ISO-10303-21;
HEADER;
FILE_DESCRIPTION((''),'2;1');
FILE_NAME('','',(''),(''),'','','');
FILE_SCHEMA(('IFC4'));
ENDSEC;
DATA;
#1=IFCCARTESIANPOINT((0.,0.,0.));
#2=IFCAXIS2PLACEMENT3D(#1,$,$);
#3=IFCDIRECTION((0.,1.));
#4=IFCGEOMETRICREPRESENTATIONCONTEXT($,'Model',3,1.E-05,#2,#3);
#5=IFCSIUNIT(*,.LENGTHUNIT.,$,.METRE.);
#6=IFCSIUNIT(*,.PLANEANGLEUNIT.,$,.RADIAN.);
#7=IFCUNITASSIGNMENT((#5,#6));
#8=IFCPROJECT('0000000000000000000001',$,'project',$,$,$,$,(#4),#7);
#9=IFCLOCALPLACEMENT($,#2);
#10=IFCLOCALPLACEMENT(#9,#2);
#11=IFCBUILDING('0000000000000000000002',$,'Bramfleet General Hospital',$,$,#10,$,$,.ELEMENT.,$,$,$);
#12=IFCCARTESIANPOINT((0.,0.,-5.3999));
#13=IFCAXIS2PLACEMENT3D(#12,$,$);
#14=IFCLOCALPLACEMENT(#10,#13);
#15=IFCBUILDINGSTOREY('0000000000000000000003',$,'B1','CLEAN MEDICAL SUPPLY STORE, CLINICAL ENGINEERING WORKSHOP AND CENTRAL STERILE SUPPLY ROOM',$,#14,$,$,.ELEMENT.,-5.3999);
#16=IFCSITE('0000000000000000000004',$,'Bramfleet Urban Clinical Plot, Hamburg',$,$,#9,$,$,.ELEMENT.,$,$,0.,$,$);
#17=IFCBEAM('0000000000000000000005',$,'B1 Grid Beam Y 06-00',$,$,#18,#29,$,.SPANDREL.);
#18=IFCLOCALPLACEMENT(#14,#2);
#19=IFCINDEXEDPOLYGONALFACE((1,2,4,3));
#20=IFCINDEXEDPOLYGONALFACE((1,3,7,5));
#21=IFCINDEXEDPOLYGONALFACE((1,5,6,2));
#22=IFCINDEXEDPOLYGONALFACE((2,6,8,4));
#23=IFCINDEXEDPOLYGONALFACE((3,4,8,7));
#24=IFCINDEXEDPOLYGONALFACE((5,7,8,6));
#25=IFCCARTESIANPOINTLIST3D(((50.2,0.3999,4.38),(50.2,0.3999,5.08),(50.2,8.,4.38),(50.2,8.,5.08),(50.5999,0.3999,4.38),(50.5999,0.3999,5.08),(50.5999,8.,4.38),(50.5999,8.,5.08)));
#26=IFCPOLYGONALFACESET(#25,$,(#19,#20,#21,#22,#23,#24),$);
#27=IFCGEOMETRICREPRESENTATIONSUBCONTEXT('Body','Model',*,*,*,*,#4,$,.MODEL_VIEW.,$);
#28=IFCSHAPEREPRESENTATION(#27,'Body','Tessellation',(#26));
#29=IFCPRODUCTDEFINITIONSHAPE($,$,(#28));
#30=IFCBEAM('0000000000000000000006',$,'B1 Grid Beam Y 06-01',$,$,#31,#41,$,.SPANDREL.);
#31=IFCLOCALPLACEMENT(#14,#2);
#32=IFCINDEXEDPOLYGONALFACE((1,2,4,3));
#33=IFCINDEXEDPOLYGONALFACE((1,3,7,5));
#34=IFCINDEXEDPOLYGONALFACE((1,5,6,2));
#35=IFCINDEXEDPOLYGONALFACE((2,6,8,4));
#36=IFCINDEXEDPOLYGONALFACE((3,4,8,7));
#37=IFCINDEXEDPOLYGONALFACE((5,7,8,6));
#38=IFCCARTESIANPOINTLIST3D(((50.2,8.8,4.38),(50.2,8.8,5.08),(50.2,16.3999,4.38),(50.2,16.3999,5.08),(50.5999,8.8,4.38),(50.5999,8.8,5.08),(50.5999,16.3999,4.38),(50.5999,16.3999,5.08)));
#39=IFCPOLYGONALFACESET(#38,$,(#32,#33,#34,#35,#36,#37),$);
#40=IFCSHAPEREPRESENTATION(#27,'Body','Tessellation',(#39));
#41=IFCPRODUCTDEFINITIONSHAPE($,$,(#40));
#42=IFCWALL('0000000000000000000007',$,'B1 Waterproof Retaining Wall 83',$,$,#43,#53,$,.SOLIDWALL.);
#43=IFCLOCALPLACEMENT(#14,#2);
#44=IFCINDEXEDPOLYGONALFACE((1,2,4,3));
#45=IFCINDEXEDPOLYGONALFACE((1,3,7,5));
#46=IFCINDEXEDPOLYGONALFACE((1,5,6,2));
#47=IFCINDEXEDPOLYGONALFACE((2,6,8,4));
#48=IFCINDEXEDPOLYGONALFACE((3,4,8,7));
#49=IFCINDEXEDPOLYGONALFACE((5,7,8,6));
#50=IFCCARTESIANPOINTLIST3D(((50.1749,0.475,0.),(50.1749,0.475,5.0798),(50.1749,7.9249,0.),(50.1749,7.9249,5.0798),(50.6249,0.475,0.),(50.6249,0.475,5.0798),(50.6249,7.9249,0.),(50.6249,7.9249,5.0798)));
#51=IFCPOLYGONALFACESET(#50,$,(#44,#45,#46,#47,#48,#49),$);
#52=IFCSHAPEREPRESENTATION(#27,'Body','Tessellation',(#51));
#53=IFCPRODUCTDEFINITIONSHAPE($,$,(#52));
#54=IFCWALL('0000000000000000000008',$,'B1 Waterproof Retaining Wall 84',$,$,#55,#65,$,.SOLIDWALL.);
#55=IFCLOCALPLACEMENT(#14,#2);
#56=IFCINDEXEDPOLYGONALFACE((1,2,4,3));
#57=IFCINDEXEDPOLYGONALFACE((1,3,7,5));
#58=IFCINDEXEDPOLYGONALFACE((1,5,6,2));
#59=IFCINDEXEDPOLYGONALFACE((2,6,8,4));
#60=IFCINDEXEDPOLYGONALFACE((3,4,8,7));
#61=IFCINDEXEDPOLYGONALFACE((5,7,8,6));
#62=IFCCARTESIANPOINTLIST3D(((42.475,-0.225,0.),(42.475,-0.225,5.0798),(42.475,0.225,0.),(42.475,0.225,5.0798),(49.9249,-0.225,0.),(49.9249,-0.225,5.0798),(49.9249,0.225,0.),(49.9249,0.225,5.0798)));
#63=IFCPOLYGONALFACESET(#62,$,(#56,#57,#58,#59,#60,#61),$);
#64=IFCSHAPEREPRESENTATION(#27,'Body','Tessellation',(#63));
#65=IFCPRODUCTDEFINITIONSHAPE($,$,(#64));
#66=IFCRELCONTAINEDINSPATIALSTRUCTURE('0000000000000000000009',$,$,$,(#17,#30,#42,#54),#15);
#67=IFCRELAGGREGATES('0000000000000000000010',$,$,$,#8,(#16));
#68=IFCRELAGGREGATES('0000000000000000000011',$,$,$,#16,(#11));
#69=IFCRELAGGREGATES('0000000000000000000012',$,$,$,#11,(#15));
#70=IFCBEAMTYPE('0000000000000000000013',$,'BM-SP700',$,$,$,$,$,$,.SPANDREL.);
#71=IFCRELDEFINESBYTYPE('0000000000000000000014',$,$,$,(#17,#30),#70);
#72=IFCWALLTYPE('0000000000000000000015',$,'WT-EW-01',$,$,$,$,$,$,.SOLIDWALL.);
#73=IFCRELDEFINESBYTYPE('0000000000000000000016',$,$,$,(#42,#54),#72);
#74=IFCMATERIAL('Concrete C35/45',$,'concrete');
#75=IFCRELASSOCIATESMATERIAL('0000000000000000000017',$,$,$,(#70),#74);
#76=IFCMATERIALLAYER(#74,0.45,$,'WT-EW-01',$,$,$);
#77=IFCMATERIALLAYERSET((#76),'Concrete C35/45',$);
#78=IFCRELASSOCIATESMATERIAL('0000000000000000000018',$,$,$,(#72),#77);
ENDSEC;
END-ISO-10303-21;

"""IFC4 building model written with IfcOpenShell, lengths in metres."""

from ifc_helpers import new_model, si_unit, direction, frame, frame_2d, origin, origin_2d, place, context, subcontext, project, spatial, rectangle, extrude, material, layer, layer_set, material_profile, profile_set, type_object, element, save


model = new_model("IFC4")

# Units and contexts
model_context = context("Model", 3, precision=1e-05, world=origin(), true_north=direction((0.0, 1.0)))
body_context = subcontext(model_context, "Body", "Model", "MODEL_VIEW")
ifc_project = project(units=[si_unit("LENGTHUNIT", "METRE"), si_unit("PLANEANGLEUNIT", "RADIAN")], contexts=[model_context])

# Site, building, storey
site_placement = place(None, origin())
site = spatial("IfcSite", under=ifc_project, at=site_placement, Name="Bramfleet Urban Clinical Plot, Hamburg", CompositionType="ELEMENT", RefElevation=0.0)
building_placement = place(site_placement, origin())
building = spatial("IfcBuilding", under=site, at=building_placement, Name="Bramfleet General Hospital", CompositionType="ELEMENT")
storey_placement = place(building_placement, frame((0.0, 0.0, -5.3999)))
storey = spatial("IfcBuildingStorey", under=building, at=storey_placement, Name="B1", Description="CLEAN MEDICAL SUPPLY STORE, CLINICAL ENGINEERING WORKSHOP AND CENTRAL STERILE SUPPLY ROOM", CompositionType="ELEMENT", Elevation=-5.3999)

# Shared definitions
ifc_material_1 = material(Name="Concrete C35/45", Category="concrete")

# Beams
ifc_material_profile_1 = material_profile(ifc_material_1, rectangle(XDim=0.3999, YDim=0.7, at=origin_2d()), Name="RC SP 700x400")
ifc_profile_set_1 = profile_set([ifc_material_profile_1], Name="Concrete C35/45")
beam_type_1 = type_object("IfcBeamType", Name="BM-SP700", PredefinedType="SPANDREL", material=ifc_profile_set_1)
beam_1_placement = place(storey_placement, frame((50.3999, 0.3999, 4.73), z_axis=(0.0, 1.0, 0.0), x_axis=(-1.0, 0.0, 0.0)))
element("IfcBeam", 1, at=beam_1_placement, inside=storey, type_object=beam_type_1, Name="B1 Grid Beam Y 06-00", PredefinedType="SPANDREL", context=body_context, shape_type="SweptSolid", body=[
    extrude(rectangle(XDim=0.3999, YDim=0.7, at=origin_2d()), origin(), (0.0, 0.0, 1.0), 7.6001),
])
beam_2_placement = place(storey_placement, frame((50.3999, 8.8, 4.73), z_axis=(0.0, 1.0, 0.0), x_axis=(-1.0, 0.0, 0.0)))
element("IfcBeam", 2, at=beam_2_placement, inside=storey, type_object=beam_type_1, Name="B1 Grid Beam Y 06-01", PredefinedType="SPANDREL", context=body_context, shape_type="SweptSolid", body=[
    extrude(rectangle(XDim=0.3999, YDim=0.7, at=origin_2d()), origin(), (0.0, 0.0, 1.0), 7.5999),
])

# Walls
ifc_layer = layer(ifc_material_1, 0.45, Name="WT-EW-01")
ifc_layer_set = layer_set([ifc_layer], Name="Concrete C35/45")
wall_type = type_object("IfcWallType", Name="WT-EW-01", PredefinedType="SOLIDWALL", material=ifc_layer_set)
for number, where, z_axis, x_axis, name in (
    (3, (50.3999, 7.925, 0.0), (0.0, 0.0, 1.0), (0.0, -1.0, 0.0), "B1 Waterproof Retaining Wall 83"),
    (4, (49.925, 0.0, 0.0), (0.0, 0.0, 1.0), (-1.0, 0.0, 0.0), "B1 Waterproof Retaining Wall 84"),
):
    element("IfcWall", number, at=place(storey_placement, frame(where, z_axis=z_axis, x_axis=x_axis)), inside=storey, type_object=wall_type, Name=name, PredefinedType="SOLIDWALL", context=body_context, shape_type="SweptSolid", body=[
        extrude(rectangle(XDim=7.45, YDim=0.45, at=frame_2d((3.7251, 0.0))), origin(), (0.0, 0.0, 1.0), 5.0798),
    ])

save(model, "model.ifc")
